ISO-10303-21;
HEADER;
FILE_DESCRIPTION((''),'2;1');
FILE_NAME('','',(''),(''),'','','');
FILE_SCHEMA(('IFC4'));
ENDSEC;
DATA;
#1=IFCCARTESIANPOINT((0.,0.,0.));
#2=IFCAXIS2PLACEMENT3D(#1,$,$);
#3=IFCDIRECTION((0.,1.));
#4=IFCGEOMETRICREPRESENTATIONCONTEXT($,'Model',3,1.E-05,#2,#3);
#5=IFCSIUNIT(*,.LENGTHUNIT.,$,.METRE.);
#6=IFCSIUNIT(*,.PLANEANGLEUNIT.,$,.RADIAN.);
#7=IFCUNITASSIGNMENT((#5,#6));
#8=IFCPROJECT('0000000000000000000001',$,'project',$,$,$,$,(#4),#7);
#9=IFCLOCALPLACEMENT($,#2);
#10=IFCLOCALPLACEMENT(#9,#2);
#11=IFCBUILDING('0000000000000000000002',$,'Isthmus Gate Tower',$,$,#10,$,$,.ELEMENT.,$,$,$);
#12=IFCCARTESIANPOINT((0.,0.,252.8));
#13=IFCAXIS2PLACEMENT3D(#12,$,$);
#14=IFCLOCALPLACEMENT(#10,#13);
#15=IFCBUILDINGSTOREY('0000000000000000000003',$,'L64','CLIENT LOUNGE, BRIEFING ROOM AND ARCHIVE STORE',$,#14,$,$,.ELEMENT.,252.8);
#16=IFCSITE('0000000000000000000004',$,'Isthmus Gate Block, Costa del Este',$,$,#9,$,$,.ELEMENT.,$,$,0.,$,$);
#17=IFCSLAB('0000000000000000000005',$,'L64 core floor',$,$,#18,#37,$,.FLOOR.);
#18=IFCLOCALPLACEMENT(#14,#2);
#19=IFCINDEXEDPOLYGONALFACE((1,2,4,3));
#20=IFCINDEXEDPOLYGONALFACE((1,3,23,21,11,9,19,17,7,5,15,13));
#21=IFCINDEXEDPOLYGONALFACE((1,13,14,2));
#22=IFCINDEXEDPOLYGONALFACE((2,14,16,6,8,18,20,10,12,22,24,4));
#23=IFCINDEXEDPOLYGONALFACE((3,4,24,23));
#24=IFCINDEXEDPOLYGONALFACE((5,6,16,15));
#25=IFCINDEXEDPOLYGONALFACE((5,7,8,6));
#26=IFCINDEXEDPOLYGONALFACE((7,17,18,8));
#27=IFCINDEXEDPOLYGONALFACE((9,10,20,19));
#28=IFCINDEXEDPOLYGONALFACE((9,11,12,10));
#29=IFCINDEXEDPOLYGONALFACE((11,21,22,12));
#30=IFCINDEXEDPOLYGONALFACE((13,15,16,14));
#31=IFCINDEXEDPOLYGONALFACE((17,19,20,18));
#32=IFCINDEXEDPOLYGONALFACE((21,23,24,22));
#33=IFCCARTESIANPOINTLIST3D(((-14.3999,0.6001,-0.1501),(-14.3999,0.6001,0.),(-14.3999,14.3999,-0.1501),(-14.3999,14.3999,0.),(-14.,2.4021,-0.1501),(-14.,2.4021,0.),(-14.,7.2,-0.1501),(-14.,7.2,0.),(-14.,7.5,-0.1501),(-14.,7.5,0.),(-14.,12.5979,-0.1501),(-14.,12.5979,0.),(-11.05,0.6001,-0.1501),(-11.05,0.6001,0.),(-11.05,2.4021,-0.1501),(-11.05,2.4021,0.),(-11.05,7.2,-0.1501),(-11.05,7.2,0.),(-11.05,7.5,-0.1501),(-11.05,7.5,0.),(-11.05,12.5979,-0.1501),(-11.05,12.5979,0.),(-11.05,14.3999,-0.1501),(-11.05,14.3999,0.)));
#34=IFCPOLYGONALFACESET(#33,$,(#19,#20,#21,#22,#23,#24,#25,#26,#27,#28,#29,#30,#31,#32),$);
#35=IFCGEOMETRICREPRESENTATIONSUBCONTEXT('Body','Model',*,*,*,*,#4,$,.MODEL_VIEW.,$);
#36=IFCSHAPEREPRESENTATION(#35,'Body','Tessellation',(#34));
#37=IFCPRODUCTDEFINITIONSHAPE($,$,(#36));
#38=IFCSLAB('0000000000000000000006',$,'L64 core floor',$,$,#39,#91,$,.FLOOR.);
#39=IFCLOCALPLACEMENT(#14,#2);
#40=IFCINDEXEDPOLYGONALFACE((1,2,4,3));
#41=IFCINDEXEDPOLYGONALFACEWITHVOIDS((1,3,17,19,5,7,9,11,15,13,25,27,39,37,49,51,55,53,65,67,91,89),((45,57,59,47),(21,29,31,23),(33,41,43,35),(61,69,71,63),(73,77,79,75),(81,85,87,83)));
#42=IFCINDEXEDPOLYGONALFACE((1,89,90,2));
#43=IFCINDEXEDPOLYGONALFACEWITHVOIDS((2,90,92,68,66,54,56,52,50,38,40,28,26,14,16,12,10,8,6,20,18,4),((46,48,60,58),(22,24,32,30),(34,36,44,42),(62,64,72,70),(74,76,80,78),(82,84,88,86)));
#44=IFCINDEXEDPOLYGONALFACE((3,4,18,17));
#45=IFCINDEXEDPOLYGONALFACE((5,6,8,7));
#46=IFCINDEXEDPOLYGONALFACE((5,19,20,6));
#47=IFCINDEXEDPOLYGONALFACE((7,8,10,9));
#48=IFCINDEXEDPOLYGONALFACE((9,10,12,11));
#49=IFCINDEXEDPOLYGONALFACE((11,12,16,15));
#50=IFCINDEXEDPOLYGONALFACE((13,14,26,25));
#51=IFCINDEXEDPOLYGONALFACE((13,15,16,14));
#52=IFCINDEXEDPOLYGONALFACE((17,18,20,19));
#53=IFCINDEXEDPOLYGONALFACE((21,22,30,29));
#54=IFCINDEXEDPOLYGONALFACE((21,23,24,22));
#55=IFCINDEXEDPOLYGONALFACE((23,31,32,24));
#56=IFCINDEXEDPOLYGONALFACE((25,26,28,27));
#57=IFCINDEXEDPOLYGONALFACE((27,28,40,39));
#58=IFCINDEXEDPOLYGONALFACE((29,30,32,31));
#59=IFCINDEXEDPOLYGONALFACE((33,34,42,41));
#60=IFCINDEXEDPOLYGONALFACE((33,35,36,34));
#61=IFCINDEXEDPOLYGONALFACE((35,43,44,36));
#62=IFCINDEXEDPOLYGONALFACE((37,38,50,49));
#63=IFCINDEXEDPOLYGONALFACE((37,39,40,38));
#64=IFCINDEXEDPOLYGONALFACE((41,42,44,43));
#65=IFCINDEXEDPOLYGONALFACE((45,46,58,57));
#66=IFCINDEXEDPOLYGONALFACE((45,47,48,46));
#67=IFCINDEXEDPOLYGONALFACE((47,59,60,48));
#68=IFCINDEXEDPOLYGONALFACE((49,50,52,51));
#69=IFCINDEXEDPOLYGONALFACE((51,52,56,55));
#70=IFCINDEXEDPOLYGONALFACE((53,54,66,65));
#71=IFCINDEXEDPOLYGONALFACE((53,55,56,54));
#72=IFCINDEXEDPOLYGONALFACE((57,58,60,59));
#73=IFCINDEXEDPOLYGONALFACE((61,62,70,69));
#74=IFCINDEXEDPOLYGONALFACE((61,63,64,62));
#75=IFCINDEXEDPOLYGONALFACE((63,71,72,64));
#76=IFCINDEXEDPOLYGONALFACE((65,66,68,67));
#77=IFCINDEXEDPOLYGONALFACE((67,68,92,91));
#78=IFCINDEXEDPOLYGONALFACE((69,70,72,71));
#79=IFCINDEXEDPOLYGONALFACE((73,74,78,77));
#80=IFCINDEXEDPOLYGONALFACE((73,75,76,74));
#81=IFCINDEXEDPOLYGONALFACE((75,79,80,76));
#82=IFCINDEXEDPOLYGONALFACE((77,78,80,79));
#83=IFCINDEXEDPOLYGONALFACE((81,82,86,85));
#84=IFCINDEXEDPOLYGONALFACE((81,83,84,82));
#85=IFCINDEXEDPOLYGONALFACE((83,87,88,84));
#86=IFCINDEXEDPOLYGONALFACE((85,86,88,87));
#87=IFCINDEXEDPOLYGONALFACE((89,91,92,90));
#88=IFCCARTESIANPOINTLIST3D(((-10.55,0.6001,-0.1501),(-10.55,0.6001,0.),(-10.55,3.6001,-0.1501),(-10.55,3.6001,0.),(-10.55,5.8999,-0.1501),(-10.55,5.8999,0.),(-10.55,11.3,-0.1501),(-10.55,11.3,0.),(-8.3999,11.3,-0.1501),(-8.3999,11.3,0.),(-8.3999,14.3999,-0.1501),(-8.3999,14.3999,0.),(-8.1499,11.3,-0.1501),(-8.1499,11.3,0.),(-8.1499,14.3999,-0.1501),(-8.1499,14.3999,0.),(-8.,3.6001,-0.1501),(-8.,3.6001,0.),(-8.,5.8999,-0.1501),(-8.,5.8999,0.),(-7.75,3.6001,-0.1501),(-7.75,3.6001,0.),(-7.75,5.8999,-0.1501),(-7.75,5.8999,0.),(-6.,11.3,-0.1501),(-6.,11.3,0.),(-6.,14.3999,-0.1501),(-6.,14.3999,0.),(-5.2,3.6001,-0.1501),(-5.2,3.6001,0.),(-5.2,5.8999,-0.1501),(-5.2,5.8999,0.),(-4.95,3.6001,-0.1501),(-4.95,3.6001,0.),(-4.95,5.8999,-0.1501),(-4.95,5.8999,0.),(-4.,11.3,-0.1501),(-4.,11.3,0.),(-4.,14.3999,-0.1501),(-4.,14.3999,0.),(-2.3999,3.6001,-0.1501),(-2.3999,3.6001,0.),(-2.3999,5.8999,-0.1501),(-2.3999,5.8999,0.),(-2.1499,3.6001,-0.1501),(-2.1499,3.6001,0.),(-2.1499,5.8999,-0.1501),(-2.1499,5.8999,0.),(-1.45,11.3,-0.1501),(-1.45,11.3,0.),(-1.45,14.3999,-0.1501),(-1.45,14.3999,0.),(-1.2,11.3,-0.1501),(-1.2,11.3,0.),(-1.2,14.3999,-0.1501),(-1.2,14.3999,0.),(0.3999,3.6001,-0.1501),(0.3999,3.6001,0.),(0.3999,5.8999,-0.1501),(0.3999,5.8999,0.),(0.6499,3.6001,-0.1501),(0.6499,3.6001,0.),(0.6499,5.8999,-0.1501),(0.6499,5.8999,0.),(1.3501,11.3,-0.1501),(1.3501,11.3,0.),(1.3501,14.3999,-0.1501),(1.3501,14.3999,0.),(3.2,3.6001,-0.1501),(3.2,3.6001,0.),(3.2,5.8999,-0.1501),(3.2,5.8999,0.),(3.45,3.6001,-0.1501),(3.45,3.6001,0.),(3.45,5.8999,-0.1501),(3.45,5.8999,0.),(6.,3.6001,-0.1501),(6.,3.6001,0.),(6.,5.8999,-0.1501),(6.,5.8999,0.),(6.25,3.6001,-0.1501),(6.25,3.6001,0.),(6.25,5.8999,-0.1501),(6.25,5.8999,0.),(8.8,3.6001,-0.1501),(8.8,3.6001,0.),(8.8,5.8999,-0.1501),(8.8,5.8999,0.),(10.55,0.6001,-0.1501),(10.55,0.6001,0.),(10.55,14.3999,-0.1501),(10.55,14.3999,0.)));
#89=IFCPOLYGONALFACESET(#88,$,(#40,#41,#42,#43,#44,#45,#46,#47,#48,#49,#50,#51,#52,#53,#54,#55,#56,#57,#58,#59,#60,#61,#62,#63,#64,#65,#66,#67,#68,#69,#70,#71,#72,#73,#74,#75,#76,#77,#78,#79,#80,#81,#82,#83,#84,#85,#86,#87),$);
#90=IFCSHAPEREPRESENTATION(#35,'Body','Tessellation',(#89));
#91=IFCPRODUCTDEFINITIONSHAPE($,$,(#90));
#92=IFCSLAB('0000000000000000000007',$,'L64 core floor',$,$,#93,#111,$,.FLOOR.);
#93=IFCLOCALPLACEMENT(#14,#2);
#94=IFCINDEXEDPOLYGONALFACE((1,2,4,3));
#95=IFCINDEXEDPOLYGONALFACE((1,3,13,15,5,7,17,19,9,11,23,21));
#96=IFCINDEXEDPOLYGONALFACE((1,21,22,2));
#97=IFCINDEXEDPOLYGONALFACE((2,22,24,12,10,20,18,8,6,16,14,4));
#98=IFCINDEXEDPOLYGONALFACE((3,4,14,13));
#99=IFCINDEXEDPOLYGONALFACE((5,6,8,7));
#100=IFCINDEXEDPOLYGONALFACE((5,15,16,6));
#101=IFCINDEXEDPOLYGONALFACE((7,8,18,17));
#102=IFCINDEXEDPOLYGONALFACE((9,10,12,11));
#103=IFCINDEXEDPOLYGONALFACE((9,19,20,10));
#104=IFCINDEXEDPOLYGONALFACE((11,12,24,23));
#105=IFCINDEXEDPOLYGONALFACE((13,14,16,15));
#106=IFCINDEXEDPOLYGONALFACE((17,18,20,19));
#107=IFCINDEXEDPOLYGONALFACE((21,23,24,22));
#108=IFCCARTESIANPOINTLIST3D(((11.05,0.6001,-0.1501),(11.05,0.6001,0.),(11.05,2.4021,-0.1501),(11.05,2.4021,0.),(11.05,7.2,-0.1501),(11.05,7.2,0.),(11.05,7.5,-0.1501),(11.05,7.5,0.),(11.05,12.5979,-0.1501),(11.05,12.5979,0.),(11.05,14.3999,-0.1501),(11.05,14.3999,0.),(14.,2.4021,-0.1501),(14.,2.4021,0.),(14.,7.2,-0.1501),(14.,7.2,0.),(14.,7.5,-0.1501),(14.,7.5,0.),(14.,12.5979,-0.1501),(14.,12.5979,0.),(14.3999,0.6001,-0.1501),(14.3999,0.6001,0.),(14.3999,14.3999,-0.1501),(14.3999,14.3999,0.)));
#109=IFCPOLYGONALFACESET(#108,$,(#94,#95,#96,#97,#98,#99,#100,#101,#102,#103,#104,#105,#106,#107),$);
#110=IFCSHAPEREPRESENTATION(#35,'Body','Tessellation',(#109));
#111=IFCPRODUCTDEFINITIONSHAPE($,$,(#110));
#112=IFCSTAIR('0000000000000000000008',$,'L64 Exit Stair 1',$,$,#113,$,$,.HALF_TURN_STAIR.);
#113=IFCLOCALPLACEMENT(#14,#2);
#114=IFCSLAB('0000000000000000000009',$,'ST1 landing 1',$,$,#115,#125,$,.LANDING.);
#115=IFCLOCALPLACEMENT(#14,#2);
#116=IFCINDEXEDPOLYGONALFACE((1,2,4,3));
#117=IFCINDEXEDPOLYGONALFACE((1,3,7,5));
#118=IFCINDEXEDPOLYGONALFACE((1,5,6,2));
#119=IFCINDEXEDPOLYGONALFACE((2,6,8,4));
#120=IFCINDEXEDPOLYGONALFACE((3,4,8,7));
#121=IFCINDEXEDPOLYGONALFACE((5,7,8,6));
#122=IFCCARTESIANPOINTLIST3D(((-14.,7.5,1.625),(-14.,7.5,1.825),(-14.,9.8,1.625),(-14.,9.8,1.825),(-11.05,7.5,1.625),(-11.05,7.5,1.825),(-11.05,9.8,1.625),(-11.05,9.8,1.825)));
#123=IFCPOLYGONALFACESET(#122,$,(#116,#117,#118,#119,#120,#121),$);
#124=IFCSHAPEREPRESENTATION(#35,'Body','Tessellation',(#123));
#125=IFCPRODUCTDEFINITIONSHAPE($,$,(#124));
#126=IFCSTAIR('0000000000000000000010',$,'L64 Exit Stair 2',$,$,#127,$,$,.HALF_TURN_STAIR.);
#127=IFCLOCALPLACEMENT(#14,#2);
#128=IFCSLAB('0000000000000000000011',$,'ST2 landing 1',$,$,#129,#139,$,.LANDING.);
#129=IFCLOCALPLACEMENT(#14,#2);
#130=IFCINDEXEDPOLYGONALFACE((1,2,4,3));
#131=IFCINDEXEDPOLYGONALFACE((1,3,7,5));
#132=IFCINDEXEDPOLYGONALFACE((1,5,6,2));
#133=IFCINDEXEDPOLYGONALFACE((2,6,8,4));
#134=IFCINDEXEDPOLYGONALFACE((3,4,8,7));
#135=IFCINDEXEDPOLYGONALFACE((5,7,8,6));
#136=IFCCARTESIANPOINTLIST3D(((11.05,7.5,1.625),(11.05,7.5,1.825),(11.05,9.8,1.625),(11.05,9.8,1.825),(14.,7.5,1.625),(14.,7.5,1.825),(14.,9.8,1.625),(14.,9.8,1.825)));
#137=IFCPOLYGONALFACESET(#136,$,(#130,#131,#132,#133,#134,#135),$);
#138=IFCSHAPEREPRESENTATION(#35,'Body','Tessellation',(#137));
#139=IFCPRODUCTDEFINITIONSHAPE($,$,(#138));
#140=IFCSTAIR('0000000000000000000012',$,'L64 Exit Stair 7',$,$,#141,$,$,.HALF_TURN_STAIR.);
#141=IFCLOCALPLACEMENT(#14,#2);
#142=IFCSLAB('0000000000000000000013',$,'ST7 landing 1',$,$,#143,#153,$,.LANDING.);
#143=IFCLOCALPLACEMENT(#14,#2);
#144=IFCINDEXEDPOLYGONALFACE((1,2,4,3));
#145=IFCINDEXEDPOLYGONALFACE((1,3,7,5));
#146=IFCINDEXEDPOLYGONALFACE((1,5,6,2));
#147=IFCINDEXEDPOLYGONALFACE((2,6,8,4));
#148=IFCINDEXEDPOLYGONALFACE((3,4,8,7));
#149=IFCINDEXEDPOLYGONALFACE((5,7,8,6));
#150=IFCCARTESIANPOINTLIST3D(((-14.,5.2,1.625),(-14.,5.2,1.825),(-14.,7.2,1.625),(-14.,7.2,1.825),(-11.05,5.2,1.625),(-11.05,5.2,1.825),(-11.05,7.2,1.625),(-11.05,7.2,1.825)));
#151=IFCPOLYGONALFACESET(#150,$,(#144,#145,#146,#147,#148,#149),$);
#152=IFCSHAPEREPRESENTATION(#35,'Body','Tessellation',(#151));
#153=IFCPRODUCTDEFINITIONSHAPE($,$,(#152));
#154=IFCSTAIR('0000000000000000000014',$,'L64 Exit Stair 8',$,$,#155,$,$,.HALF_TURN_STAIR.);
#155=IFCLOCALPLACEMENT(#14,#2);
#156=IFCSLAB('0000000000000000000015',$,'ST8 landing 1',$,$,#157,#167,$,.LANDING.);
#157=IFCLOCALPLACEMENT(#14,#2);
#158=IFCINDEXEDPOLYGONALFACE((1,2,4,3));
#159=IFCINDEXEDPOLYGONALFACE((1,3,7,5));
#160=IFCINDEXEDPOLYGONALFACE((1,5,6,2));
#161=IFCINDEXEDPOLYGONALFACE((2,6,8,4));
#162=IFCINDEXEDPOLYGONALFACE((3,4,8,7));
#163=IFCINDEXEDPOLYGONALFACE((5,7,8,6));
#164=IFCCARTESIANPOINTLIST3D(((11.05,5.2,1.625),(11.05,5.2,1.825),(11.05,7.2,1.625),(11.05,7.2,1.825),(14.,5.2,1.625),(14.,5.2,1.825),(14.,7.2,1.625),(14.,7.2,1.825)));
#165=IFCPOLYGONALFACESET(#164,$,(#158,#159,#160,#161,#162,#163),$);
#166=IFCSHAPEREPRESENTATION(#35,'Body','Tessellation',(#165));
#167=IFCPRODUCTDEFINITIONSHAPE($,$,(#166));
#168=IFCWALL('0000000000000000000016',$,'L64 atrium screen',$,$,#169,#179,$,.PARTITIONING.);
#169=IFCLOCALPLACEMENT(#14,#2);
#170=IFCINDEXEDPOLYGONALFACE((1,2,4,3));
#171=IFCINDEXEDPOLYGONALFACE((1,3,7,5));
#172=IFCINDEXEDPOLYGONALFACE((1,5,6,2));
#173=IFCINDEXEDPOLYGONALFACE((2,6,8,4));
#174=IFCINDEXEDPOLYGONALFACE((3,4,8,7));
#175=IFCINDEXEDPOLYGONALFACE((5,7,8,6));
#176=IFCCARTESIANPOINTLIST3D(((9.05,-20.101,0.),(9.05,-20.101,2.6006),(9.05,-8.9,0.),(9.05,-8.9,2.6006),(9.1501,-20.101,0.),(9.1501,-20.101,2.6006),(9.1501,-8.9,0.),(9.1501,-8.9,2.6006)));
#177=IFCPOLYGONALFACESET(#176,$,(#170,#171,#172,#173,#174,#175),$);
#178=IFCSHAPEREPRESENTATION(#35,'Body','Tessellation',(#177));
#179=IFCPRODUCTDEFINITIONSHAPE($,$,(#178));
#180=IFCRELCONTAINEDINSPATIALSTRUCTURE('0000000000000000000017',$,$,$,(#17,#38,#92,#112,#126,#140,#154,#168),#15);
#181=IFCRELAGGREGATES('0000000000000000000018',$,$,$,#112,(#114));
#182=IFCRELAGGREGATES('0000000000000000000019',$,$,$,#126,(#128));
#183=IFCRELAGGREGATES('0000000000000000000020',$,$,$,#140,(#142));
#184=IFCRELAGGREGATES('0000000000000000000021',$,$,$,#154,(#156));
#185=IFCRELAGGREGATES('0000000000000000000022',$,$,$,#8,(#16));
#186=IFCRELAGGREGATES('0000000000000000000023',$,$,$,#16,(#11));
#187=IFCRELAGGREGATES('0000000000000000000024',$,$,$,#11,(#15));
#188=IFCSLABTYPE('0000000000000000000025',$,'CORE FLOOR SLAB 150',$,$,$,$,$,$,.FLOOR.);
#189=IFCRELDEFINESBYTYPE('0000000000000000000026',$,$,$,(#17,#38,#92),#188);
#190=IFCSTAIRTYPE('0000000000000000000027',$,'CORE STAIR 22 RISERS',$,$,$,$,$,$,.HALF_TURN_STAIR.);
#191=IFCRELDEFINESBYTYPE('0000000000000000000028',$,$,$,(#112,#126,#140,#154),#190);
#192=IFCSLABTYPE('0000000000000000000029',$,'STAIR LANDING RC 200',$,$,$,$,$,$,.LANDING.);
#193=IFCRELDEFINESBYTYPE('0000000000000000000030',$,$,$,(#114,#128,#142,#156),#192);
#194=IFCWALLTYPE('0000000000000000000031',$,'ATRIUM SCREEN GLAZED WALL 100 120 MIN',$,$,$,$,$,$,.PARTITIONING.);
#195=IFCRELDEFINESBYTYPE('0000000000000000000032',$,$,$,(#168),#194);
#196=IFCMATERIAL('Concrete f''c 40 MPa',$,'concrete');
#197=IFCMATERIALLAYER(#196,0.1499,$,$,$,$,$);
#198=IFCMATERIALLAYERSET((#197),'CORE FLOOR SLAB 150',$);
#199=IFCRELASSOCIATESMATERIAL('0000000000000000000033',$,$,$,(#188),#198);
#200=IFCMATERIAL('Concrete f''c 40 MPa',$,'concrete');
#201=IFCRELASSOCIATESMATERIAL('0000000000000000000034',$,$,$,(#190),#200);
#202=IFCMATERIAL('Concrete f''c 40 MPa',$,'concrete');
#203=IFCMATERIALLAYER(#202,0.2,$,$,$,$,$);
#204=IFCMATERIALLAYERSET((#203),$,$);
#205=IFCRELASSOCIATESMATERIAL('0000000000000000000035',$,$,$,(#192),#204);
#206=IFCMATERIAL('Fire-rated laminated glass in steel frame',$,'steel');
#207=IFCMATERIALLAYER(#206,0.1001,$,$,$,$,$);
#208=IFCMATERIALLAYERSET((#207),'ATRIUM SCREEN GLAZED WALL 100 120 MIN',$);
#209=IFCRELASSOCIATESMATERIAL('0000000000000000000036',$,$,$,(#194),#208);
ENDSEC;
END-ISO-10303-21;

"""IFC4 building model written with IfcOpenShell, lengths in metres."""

from ifc_helpers import new_model, si_unit, direction, frame, frame_2d, origin, place, context, subcontext, project, spatial, polyline, rectangle, outline, extrude, material, layer, layer_set, type_object, element, aggregate, save


model = new_model("IFC4")

# Units and contexts
model_context = context("Model", 3, precision=1e-05, world=origin(), true_north=direction((0.0, 1.0)))
body_context = subcontext(model_context, "Body", "Model", "MODEL_VIEW")
ifc_project = project(units=[si_unit("LENGTHUNIT", "METRE"), si_unit("PLANEANGLEUNIT", "RADIAN")], contexts=[model_context])

# Site, building, storey
site_placement = place(None, origin())
site = spatial("IfcSite", under=ifc_project, at=site_placement, Name="Isthmus Gate Block, Costa del Este", CompositionType="ELEMENT", RefElevation=0.0)
building_placement = place(site_placement, origin())
building = spatial("IfcBuilding", under=site, at=building_placement, Name="Isthmus Gate Tower", CompositionType="ELEMENT")
storey_placement = place(building_placement, frame((0.0, 0.0, 252.8)))
storey = spatial("IfcBuildingStorey", under=building, at=storey_placement, Name="L64", Description="CLIENT LOUNGE, BRIEFING ROOM AND ARCHIVE STORE", CompositionType="ELEMENT", Elevation=252.8)

# Slabs
ifc_material_1 = material(Name="Concrete f'c 40 MPa", Category="concrete")
ifc_layer_1 = layer(ifc_material_1, 0.1499)
ifc_layer_set_1 = layer_set([ifc_layer_1], Name="CORE FLOOR SLAB 150")
slab_type_1 = type_object("IfcSlabType", Name="CORE FLOOR SLAB 150", PredefinedType="FLOOR", material=ifc_layer_set_1)
slab_1_placement = place(storey_placement, frame((0.0, 0.0, -0.1501)))
element("IfcSlab", 1, at=slab_1_placement, inside=storey, type_object=slab_type_1, Name="L64 core floor", PredefinedType="FLOOR", context=body_context, shape_type="SweptSolid", body=[
    extrude(outline(polyline([(-11.05, 0.6001), (-11.05, 2.4021), (-14.0, 2.4021), (-14.0, 7.2), (-11.05, 7.2), (-11.05, 7.5), (-14.0, 7.5), (-14.0, 12.5979), (-11.05, 12.5979), (-11.05, 14.3999), (-14.3999, 14.3999), (-14.3999, 0.6001), (-11.05, 0.6001)])), origin(), (0.0, 0.0, 1.0), 0.1501),
])
slab_2_placement = place(storey_placement, frame((0.0, 0.0, -0.1501)))
element("IfcSlab", 2, at=slab_2_placement, inside=storey, type_object=slab_type_1, Name="L64 core floor", PredefinedType="FLOOR", context=body_context, shape_type="SweptSolid", body=[
    extrude(outline(polyline([(10.55, 14.3999), (1.3501, 14.3999), (1.3501, 11.3), (-1.2, 11.3), (-1.2, 14.3999), (-1.45, 14.3999), (-1.45, 11.3), (-4.0, 11.3), (-4.0, 14.3999), (-6.0, 14.3999), (-6.0, 11.3), (-8.1499, 11.3), (-8.1499, 14.3999), (-8.3999, 14.3999), (-8.3999, 11.3), (-10.55, 11.3), (-10.55, 5.8999), (-8.0, 5.8999), (-8.0, 3.6001), (-10.55, 3.6001), (-10.55, 0.6001), (10.55, 0.6001), (10.55, 14.3999)]), holes=[polyline([(-5.2, 5.8999), (-5.2, 3.6001), (-7.75, 3.6001), (-7.75, 5.8999), (-5.2, 5.8999)]), polyline([(-2.3999, 5.8999), (-2.3999, 3.6001), (-4.95, 3.6001), (-4.95, 5.8999), (-2.3999, 5.8999)]), polyline([(0.3999, 5.8999), (0.3999, 3.6001), (-2.1499, 3.6001), (-2.1499, 5.8999), (0.3999, 5.8999)]), polyline([(3.2, 5.8999), (3.2, 3.6001), (0.6499, 3.6001), (0.6499, 5.8999), (3.2, 5.8999)]), polyline([(6.0, 5.8999), (6.0, 3.6001), (3.45, 3.6001), (3.45, 5.8999), (6.0, 5.8999)]), polyline([(8.8, 5.8999), (8.8, 3.6001), (6.25, 3.6001), (6.25, 5.8999), (8.8, 5.8999)])]), origin(), (0.0, 0.0, 1.0), 0.1501),
])
slab_3_placement = place(storey_placement, frame((0.0, 0.0, -0.1501)))
element("IfcSlab", 3, at=slab_3_placement, inside=storey, type_object=slab_type_1, Name="L64 core floor", PredefinedType="FLOOR", context=body_context, shape_type="SweptSolid", body=[
    extrude(outline(polyline([(11.05, 14.3999), (11.05, 12.5979), (14.0, 12.5979), (14.0, 7.5), (11.05, 7.5), (11.05, 7.2), (14.0, 7.2), (14.0, 2.4021), (11.05, 2.4021), (11.05, 0.6001), (14.3999, 0.6001), (14.3999, 14.3999), (11.05, 14.3999)])), origin(), (0.0, 0.0, 1.0), 0.1501),
])

# Stairs, slabs
ifc_material_2 = material(Name="Concrete f'c 40 MPa", Category="concrete")
stair_type = type_object("IfcStairType", Name="CORE STAIR 22 RISERS", PredefinedType="HALF_TURN_STAIR", material=ifc_material_2)
stair_1_placement = place(storey_placement, origin())
stair_1 = element("IfcStair", 4, at=stair_1_placement, inside=storey, type_object=stair_type, Name="L64 Exit Stair 1", PredefinedType="HALF_TURN_STAIR")
ifc_material_3 = material(Name="Concrete f'c 40 MPa", Category="concrete")
ifc_layer_2 = layer(ifc_material_3, 0.2)
ifc_layer_set_2 = layer_set([ifc_layer_2])
slab_type_2 = type_object("IfcSlabType", Name="STAIR LANDING RC 200", PredefinedType="LANDING", material=ifc_layer_set_2)
slab_4_placement = place(storey_placement, frame((0.0, 0.0, 1.625)))
slab_4 = element("IfcSlab", 5, at=slab_4_placement, type_object=slab_type_2, Name="ST1 landing 1", PredefinedType="LANDING", context=body_context, shape_type="SweptSolid", body=[
    extrude(outline(polyline([(-14.0, 9.8), (-14.0, 7.5), (-11.05, 7.5), (-11.05, 9.8), (-14.0, 9.8)])), origin(), (0.0, 0.0, 1.0), 0.2),
])
aggregate(stair_1, [slab_4])
stair_2_placement = place(storey_placement, origin())
stair_2 = element("IfcStair", 6, at=stair_2_placement, inside=storey, type_object=stair_type, Name="L64 Exit Stair 2", PredefinedType="HALF_TURN_STAIR")
slab_5_placement = place(storey_placement, frame((0.0, 0.0, 1.625)))
slab_5 = element("IfcSlab", 7, at=slab_5_placement, type_object=slab_type_2, Name="ST2 landing 1", PredefinedType="LANDING", context=body_context, shape_type="SweptSolid", body=[
    extrude(outline(polyline([(11.05, 9.8), (11.05, 7.5), (14.0, 7.5), (14.0, 9.8), (11.05, 9.8)])), origin(), (0.0, 0.0, 1.0), 0.2),
])
aggregate(stair_2, [slab_5])
stair_3_placement = place(storey_placement, origin())
stair_3 = element("IfcStair", 8, at=stair_3_placement, inside=storey, type_object=stair_type, Name="L64 Exit Stair 7", PredefinedType="HALF_TURN_STAIR")
slab_6_placement = place(storey_placement, frame((0.0, 0.0, 1.625)))
slab_6 = element("IfcSlab", 9, at=slab_6_placement, type_object=slab_type_2, Name="ST7 landing 1", PredefinedType="LANDING", context=body_context, shape_type="SweptSolid", body=[
    extrude(outline(polyline([(-11.05, 5.2), (-11.05, 7.2), (-14.0, 7.2), (-14.0, 5.2), (-11.05, 5.2)])), origin(), (0.0, 0.0, 1.0), 0.2),
])
aggregate(stair_3, [slab_6])
stair_4_placement = place(storey_placement, origin())
stair_4 = element("IfcStair", 10, at=stair_4_placement, inside=storey, type_object=stair_type, Name="L64 Exit Stair 8", PredefinedType="HALF_TURN_STAIR")
slab_7_placement = place(storey_placement, frame((0.0, 0.0, 1.625)))
slab_7 = element("IfcSlab", 11, at=slab_7_placement, type_object=slab_type_2, Name="ST8 landing 1", PredefinedType="LANDING", context=body_context, shape_type="SweptSolid", body=[
    extrude(outline(polyline([(14.0, 5.2), (14.0, 7.2), (11.05, 7.2), (11.05, 5.2), (14.0, 5.2)])), origin(), (0.0, 0.0, 1.0), 0.2),
])
aggregate(stair_4, [slab_7])

# Wall
ifc_material_4 = material(Name="Fire-rated laminated glass in steel frame", Category="steel")
ifc_layer_3 = layer(ifc_material_4, 0.1001)
ifc_layer_set_3 = layer_set([ifc_layer_3], Name="ATRIUM SCREEN GLAZED WALL 100 120 MIN")
wall_type_1 = type_object("IfcWallType", Name="ATRIUM SCREEN GLAZED WALL 100 120 MIN", PredefinedType="PARTITIONING", material=ifc_layer_set_3)
wall_1_placement = place(storey_placement, frame((9.1001, -8.8999, 0.0), z_axis=(0.0, 0.0, 1.0), x_axis=(0.0, -1.0, 0.0)))
element("IfcWall", 12, at=wall_1_placement, inside=storey, type_object=wall_type_1, Name="L64 atrium screen", PredefinedType="PARTITIONING", context=body_context, shape_type="SweptSolid", body=[
    extrude(rectangle(XDim=11.2009, YDim=0.1001, at=frame_2d((5.6006, 0.0))), origin(), (0.0, 0.0, 1.0), 2.6006),
])

save(model, "model.ifc")
